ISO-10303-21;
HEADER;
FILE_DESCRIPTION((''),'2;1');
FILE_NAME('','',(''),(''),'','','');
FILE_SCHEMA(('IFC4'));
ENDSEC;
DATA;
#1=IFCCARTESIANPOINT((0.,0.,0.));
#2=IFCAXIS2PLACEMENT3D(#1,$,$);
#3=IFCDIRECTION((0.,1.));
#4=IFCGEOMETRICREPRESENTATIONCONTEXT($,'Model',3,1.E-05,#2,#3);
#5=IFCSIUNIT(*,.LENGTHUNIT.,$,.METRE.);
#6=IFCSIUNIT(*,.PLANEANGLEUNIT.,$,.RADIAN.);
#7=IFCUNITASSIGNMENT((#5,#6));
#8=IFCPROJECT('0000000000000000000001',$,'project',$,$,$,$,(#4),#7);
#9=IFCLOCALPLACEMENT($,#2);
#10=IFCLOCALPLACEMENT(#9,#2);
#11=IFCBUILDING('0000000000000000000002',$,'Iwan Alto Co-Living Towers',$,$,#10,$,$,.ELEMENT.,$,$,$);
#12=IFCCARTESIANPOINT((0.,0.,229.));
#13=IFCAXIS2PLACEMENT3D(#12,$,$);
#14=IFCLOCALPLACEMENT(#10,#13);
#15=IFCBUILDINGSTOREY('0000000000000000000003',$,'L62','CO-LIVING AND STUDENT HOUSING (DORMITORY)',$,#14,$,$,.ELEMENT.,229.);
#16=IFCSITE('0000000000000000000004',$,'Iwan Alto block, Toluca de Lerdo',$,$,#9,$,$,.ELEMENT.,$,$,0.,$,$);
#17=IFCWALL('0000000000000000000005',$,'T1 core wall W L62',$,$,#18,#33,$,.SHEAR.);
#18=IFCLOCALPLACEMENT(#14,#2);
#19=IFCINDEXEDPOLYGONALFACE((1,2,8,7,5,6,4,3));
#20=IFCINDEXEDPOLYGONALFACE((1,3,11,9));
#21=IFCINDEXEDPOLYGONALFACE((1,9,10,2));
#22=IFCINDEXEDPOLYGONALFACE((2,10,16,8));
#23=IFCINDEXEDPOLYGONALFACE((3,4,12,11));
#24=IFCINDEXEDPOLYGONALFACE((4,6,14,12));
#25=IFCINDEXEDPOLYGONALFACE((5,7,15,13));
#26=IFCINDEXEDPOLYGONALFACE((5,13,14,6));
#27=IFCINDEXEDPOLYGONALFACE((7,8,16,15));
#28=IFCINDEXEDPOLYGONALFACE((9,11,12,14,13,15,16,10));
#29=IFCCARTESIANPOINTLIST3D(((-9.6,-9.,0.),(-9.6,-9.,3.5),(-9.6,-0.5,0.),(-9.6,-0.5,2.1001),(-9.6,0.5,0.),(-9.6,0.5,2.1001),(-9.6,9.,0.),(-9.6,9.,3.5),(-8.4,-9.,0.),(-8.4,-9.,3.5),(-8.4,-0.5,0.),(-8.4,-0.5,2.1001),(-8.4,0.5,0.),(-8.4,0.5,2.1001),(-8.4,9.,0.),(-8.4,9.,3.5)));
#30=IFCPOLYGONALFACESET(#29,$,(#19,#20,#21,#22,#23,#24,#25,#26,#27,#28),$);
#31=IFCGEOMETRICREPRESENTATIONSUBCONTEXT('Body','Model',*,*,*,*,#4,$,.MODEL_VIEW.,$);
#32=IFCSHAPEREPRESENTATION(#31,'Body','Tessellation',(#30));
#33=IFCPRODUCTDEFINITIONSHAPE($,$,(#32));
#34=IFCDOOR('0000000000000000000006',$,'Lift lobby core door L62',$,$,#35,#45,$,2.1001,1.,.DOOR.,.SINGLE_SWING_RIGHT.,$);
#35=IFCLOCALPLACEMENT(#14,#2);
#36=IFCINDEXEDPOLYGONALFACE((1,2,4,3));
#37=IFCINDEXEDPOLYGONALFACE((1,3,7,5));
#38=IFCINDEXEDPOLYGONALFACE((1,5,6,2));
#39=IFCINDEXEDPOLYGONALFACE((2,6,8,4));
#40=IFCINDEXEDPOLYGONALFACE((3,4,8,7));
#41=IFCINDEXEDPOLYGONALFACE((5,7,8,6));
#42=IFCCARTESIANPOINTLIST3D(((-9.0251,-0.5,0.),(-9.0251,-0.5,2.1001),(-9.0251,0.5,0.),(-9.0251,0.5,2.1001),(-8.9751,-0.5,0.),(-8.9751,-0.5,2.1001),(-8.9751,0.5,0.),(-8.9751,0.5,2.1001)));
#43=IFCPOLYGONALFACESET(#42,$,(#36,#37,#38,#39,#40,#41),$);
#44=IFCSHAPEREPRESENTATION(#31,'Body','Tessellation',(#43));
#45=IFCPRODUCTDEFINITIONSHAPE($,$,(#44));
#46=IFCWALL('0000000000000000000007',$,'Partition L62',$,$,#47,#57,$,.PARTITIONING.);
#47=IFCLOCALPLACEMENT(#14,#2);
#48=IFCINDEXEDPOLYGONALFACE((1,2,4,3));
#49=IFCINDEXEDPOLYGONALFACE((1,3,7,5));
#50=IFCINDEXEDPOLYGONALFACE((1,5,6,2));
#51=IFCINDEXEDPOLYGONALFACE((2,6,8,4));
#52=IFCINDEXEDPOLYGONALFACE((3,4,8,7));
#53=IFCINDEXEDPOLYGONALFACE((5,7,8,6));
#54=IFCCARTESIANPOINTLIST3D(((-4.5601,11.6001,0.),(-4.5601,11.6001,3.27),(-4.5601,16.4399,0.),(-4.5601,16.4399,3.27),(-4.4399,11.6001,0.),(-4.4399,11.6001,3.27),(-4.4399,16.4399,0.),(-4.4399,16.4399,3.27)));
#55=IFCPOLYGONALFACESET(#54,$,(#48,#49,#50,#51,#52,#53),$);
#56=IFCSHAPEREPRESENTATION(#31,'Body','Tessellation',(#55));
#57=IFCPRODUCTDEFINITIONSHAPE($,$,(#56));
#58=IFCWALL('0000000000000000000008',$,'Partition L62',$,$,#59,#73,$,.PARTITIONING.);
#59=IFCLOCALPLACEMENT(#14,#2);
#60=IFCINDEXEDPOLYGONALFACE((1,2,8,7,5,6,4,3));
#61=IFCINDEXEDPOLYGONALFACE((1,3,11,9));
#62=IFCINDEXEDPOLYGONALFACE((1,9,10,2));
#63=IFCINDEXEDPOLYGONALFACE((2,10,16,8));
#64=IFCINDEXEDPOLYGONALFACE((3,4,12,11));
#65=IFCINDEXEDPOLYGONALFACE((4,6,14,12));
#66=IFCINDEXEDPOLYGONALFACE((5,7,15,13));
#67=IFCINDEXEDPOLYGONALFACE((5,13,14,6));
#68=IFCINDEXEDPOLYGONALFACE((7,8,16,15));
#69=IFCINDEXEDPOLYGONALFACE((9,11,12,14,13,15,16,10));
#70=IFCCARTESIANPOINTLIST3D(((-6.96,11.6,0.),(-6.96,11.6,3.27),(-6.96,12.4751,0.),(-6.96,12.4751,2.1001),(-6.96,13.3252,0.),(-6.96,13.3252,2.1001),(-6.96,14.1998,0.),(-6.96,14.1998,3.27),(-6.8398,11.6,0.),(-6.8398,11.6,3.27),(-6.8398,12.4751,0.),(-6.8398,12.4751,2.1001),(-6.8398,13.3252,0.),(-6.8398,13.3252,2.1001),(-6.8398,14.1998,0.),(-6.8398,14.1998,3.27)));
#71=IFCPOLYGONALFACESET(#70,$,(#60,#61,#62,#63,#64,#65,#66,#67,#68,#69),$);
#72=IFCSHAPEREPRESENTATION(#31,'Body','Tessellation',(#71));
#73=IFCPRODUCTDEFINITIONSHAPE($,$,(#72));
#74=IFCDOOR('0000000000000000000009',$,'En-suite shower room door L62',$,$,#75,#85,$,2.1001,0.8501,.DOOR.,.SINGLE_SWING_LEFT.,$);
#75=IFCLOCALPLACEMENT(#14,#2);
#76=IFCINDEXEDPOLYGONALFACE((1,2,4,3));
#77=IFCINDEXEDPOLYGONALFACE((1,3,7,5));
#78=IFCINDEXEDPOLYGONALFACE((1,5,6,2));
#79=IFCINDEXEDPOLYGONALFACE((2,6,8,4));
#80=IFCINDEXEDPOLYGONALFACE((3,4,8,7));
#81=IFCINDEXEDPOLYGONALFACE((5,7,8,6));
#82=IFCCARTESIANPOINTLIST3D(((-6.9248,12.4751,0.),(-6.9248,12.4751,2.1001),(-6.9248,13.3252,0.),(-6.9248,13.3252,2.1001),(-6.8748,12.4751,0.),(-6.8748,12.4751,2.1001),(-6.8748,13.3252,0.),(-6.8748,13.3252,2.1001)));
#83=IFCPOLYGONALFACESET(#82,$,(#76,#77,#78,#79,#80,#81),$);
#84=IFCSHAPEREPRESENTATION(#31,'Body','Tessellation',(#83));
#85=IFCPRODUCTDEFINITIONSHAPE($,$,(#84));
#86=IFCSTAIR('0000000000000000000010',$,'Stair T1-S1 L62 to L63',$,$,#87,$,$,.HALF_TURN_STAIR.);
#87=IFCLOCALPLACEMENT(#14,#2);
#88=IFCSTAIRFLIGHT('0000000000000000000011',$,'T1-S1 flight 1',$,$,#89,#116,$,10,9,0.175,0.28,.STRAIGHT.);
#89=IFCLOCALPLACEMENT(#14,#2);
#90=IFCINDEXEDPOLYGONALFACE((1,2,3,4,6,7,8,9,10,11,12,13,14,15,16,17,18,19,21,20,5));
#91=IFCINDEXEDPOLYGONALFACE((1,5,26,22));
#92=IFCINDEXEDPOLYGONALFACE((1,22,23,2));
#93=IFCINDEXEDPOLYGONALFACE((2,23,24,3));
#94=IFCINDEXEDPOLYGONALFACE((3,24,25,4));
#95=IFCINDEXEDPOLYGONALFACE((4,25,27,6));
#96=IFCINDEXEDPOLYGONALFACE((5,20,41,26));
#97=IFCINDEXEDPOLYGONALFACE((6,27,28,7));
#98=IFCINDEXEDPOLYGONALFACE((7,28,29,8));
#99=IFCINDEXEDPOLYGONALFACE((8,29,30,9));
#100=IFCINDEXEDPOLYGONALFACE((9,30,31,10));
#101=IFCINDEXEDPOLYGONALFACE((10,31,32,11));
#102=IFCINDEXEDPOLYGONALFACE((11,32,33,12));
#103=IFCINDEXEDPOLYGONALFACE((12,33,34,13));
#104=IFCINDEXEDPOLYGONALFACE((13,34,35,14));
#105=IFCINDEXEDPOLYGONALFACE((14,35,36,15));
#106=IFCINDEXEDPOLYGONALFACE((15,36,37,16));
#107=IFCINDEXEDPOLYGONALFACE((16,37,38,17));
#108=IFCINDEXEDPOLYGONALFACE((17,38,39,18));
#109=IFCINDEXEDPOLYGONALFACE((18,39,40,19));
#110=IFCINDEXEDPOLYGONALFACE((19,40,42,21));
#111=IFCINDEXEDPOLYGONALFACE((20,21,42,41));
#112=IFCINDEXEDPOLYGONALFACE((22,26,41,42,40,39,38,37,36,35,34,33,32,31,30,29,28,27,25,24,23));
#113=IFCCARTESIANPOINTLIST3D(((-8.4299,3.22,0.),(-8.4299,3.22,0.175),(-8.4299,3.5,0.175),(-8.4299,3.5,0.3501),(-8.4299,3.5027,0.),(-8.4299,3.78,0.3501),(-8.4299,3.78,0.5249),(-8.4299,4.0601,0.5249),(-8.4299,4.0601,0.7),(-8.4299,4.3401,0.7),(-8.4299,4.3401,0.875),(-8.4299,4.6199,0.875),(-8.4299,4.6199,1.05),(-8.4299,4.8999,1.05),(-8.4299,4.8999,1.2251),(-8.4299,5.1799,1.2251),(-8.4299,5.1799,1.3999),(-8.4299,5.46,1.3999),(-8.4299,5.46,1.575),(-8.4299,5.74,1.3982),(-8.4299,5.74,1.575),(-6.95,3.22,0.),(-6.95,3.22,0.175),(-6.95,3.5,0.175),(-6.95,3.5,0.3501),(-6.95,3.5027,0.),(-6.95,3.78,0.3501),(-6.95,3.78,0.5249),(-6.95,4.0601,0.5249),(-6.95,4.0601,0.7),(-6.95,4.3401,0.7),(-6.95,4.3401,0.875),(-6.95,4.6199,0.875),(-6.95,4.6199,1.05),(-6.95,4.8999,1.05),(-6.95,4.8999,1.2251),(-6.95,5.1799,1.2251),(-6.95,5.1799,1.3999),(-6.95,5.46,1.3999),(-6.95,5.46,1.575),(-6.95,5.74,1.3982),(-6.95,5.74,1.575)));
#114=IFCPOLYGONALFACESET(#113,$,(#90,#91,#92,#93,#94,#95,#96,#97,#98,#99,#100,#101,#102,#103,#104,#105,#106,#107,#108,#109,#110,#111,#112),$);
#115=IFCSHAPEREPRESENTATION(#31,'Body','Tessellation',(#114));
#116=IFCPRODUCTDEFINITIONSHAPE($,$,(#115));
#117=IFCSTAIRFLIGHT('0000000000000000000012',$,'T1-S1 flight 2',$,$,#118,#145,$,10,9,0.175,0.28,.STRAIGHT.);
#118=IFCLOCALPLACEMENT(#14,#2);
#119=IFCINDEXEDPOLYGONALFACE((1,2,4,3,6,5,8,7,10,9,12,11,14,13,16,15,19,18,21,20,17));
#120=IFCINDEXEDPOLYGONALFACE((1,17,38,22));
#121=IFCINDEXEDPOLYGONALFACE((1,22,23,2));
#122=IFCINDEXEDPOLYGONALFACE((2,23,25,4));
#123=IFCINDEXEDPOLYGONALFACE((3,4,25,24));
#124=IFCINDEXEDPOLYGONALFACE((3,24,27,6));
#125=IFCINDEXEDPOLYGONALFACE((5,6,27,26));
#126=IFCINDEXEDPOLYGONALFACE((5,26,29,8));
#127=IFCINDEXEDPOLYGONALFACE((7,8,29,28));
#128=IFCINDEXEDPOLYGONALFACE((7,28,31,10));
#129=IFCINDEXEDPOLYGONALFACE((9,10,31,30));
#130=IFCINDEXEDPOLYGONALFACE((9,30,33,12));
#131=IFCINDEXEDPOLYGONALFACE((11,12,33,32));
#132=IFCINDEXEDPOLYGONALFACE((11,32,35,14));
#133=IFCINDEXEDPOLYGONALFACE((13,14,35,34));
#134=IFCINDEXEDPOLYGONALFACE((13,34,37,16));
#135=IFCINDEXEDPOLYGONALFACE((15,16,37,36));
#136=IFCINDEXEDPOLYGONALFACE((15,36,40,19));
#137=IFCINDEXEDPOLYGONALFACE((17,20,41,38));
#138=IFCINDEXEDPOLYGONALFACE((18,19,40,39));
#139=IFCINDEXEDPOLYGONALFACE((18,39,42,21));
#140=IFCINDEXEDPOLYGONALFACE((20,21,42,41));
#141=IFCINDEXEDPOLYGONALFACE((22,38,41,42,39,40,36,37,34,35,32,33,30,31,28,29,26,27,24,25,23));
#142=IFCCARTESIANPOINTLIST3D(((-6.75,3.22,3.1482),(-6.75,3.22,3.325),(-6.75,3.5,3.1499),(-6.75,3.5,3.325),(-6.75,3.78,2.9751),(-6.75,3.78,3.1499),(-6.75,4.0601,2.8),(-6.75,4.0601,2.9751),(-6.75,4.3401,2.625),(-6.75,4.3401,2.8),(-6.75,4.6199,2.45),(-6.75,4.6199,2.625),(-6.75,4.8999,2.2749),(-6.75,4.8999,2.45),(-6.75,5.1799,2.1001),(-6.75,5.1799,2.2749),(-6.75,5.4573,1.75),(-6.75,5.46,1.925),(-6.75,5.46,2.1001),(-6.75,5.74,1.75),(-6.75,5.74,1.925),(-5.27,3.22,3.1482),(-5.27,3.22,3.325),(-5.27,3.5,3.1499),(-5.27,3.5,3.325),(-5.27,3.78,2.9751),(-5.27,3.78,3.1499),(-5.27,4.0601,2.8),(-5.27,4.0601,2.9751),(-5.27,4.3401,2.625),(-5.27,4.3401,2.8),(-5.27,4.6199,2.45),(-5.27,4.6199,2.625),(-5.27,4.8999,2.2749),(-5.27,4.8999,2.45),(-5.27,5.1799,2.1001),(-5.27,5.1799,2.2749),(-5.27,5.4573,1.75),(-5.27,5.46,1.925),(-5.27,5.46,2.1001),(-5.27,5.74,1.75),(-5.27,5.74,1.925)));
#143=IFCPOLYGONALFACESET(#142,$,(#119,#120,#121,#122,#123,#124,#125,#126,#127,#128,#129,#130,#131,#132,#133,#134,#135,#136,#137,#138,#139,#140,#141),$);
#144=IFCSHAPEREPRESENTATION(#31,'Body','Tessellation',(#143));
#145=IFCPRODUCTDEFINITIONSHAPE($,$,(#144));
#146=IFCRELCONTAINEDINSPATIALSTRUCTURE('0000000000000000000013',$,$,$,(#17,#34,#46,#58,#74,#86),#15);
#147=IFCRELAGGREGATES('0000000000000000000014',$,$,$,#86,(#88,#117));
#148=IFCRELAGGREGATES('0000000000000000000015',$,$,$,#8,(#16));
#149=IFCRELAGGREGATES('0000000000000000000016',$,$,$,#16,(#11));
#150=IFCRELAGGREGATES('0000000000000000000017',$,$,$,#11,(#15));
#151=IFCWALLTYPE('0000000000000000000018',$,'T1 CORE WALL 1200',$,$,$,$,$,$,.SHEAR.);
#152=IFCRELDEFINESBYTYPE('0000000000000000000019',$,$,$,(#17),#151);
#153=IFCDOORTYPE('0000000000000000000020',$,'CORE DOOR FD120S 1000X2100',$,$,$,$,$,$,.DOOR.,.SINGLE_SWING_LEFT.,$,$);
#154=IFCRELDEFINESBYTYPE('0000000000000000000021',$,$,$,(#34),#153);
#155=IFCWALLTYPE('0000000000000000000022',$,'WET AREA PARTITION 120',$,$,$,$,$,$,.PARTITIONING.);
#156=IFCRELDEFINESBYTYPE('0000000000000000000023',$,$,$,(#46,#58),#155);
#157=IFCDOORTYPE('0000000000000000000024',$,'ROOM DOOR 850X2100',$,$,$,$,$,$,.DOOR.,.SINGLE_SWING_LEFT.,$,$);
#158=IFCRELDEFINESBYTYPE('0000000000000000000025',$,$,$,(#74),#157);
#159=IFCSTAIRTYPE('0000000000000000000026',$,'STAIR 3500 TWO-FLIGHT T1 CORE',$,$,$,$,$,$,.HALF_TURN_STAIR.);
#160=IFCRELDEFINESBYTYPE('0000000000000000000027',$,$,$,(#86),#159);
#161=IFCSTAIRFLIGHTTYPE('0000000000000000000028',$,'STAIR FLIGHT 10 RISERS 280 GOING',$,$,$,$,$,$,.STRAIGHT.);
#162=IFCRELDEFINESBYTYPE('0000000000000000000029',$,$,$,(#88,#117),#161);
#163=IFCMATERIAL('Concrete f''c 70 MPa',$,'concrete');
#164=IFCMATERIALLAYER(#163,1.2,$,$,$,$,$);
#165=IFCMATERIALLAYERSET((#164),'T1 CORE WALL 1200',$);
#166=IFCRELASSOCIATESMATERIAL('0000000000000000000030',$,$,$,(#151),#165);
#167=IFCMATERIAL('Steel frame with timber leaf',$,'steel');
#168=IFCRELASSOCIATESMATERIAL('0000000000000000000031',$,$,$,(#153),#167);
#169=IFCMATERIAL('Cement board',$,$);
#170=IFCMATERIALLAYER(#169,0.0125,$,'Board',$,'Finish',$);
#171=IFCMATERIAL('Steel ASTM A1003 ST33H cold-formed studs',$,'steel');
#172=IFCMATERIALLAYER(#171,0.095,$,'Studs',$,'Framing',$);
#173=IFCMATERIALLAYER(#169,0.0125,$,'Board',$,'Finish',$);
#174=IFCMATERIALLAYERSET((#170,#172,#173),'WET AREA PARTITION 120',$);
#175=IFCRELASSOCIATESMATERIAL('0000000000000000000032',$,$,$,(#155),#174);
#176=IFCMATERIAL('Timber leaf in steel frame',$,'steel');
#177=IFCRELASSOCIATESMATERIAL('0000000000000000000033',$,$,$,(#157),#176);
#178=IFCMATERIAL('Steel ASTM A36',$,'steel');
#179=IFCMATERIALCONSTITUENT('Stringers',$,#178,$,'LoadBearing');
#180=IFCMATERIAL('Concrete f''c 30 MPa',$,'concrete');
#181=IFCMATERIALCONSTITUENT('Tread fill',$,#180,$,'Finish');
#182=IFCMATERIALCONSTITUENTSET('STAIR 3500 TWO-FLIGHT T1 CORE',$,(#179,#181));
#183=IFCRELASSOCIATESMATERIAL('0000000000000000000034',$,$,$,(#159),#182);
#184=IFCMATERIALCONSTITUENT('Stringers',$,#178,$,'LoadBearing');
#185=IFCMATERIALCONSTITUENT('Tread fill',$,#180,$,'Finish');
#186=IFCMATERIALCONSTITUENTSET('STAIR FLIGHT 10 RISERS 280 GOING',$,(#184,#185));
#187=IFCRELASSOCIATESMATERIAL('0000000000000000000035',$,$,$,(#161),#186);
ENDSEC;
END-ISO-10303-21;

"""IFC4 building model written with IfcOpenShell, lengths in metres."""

from ifc_helpers import new_model, si_unit, direction, frame, frame_2d, origin, place, context, subcontext, project, spatial, polyline, rectangle, outline, extrude, material, layer, layer_set, constituent, constituent_set, type_object, element, fill, aggregate, save


model = new_model("IFC4")

# Units and contexts
model_context = context("Model", 3, precision=1e-05, world=origin(), true_north=direction((0.0, 1.0)))
body_context = subcontext(model_context, "Body", "Model", "MODEL_VIEW")
ifc_project = project(units=[si_unit("LENGTHUNIT", "METRE"), si_unit("PLANEANGLEUNIT", "RADIAN")], contexts=[model_context])

# Site, building, storey
site_placement = place(None, origin())
site = spatial("IfcSite", under=ifc_project, at=site_placement, Name="Iwan Alto block, Toluca de Lerdo", CompositionType="ELEMENT", RefElevation=0.0)
building_placement = place(site_placement, origin())
building = spatial("IfcBuilding", under=site, at=building_placement, Name="Iwan Alto Co-Living Towers", CompositionType="ELEMENT")
storey_placement = place(building_placement, frame((0.0, 0.0, 229.0)))
storey = spatial("IfcBuildingStorey", under=building, at=storey_placement, Name="L62", Description="CO-LIVING AND STUDENT HOUSING (DORMITORY)", CompositionType="ELEMENT", Elevation=229.0)

# Shared definitions
ifc_material_1 = material(Name="Steel ASTM A1003 ST33H cold-formed studs", Category="steel")

# Wall, opening, door
ifc_material_2 = material(Name="Concrete f'c 70 MPa", Category="concrete")
ifc_layer_1 = layer(ifc_material_2, 1.2)
ifc_layer_set_1 = layer_set([ifc_layer_1], Name="T1 CORE WALL 1200")
wall_type_1 = type_object("IfcWallType", Name="T1 CORE WALL 1200", PredefinedType="SHEAR", material=ifc_layer_set_1)
wall_1_placement = place(storey_placement, frame((-9.0, 9.0, 0.0), z_axis=(0.0, 0.0, 1.0), x_axis=(0.0, -1.0, 0.0)))
wall_1 = element("IfcWall", 1, at=wall_1_placement, inside=storey, type_object=wall_type_1, Name="T1 core wall W L62", PredefinedType="SHEAR", context=body_context, shape_type="SweptSolid", body=[
    extrude(rectangle(XDim=18.0, YDim=1.2, at=frame_2d((9.0, 0.0))), origin(), (0.0, 0.0, 1.0), 3.5),
])
opening_1_placement = place(wall_1_placement, frame((8.5, 0.0, 0.0)))
opening_1 = element("IfcOpeningElement", 2, at=opening_1_placement, cuts=wall_1, PredefinedType="OPENING", context=body_context, shape_type="SweptSolid", body=[
    extrude(rectangle(XDim=1.0, YDim=2.1001, at=frame_2d((0.5, 1.05))), frame((0.0, 0.6099, 0.0), z_axis=(0.0, -1.0, 0.0), x_axis=(1.0, 0.0, 0.0)), (0.0, 0.0, 1.0), 1.22),
])
ifc_material_3 = material(Name="Steel frame with timber leaf", Category="steel")
door_type_1 = type_object("IfcDoorType", Name="CORE DOOR FD120S 1000X2100", OperationType="SINGLE_SWING_LEFT", PredefinedType="DOOR", material=ifc_material_3)
door_1_placement = place(opening_1_placement, origin())
door_1 = element("IfcDoor", 3, at=door_1_placement, inside=storey, type_object=door_type_1, Name="Lift lobby core door L62", OperationType="SINGLE_SWING_RIGHT", OverallHeight=2.1001, OverallWidth=1.0, PredefinedType="DOOR", context=body_context, shape_type="SweptSolid", body=[
    extrude(rectangle(XDim=1.0, YDim=2.1001, at=frame_2d((0.5, 1.05))), frame((0.0, 0.0249, 0.0), z_axis=(0.0, -1.0, 0.0), x_axis=(1.0, 0.0, 0.0)), (0.0, 0.0, 1.0), 0.05),
])
fill(opening_1, door_1)

# Wall
ifc_material_4 = material(Name="Cement board")
ifc_layer_2 = layer(ifc_material_4, 0.0125, Name="Board", Category="Finish")
ifc_layer_3 = layer(ifc_material_1, 0.095, Name="Studs", Category="Framing")
ifc_layer_4 = layer(ifc_material_4, 0.0125, Name="Board", Category="Finish")
ifc_layer_set_2 = layer_set([ifc_layer_2, ifc_layer_3, ifc_layer_4], Name="WET AREA PARTITION 120")
wall_type_2 = type_object("IfcWallType", Name="WET AREA PARTITION 120", PredefinedType="PARTITIONING", material=ifc_layer_set_2)
wall_2_placement = place(storey_placement, frame((-4.5, 11.6001, 0.0), z_axis=(0.0, 0.0, 1.0), x_axis=(0.0, 1.0, 0.0)))
element("IfcWall", 4, at=wall_2_placement, inside=storey, type_object=wall_type_2, Name="Partition L62", PredefinedType="PARTITIONING", context=body_context, shape_type="SweptSolid", body=[
    extrude(rectangle(XDim=4.8398, YDim=0.1201, at=frame_2d((2.4199, 0.0))), origin(), (0.0, 0.0, 1.0), 3.27),
])

# Wall, opening, door
wall_3_placement = place(storey_placement, frame((-6.8999, 11.6001, 0.0), z_axis=(0.0, 0.0, 1.0), x_axis=(0.0, 1.0, 0.0)))
wall_3 = element("IfcWall", 5, at=wall_3_placement, inside=storey, type_object=wall_type_2, Name="Partition L62", PredefinedType="PARTITIONING", context=body_context, shape_type="SweptSolid", body=[
    extrude(rectangle(XDim=2.5999, YDim=0.1201, at=frame_2d((1.2998, 0.0))), origin(), (0.0, 0.0, 1.0), 3.27),
])
opening_2_placement = place(wall_3_placement, frame((0.875, 0.0, 0.0)))
opening_2 = element("IfcOpeningElement", 6, at=opening_2_placement, cuts=wall_3, PredefinedType="OPENING", context=body_context, shape_type="SweptSolid", body=[
    extrude(rectangle(XDim=0.8501, YDim=2.1001, at=frame_2d((0.425, 1.05))), frame((0.0, 0.0701, 0.0), z_axis=(0.0, -1.0, 0.0), x_axis=(1.0, 0.0, 0.0)), (0.0, 0.0, 1.0), 0.1401),
])
ifc_material_5 = material(Name="Timber leaf in steel frame", Category="steel")
door_type_2 = type_object("IfcDoorType", Name="ROOM DOOR 850X2100", OperationType="SINGLE_SWING_LEFT", PredefinedType="DOOR", material=ifc_material_5)
door_2_placement = place(opening_2_placement, origin())
door_2 = element("IfcDoor", 7, at=door_2_placement, inside=storey, type_object=door_type_2, Name="En-suite shower room door L62", OperationType="SINGLE_SWING_LEFT", OverallHeight=2.1001, OverallWidth=0.8501, PredefinedType="DOOR", context=body_context, shape_type="SweptSolid", body=[
    extrude(rectangle(XDim=0.8501, YDim=2.1001, at=frame_2d((0.425, 1.05))), frame((0.0, 0.0249, 0.0), z_axis=(0.0, -1.0, 0.0), x_axis=(1.0, 0.0, 0.0)), (0.0, 0.0, 1.0), 0.05),
])
fill(opening_2, door_2)

# Stair, stair flights
ifc_material_6 = material(Name="Steel ASTM A36", Category="steel")
ifc_constituent_1 = constituent(ifc_material_6, Name="Stringers", Category="LoadBearing")
ifc_material_7 = material(Name="Concrete f'c 30 MPa", Category="concrete")
ifc_constituent_2 = constituent(ifc_material_7, Name="Tread fill", Category="Finish")
ifc_constituent_set_1 = constituent_set(constituents=[ifc_constituent_1, ifc_constituent_2], Name="STAIR 3500 TWO-FLIGHT T1 CORE")
stair_type = type_object("IfcStairType", Name="STAIR 3500 TWO-FLIGHT T1 CORE", PredefinedType="HALF_TURN_STAIR", material=ifc_constituent_set_1)
stair_placement = place(storey_placement, origin())
stair = element("IfcStair", 8, at=stair_placement, inside=storey, type_object=stair_type, Name="Stair T1-S1 L62 to L63", PredefinedType="HALF_TURN_STAIR")
ifc_constituent_3 = constituent(ifc_material_6, Name="Stringers", Category="LoadBearing")
ifc_constituent_4 = constituent(ifc_material_7, Name="Tread fill", Category="Finish")
ifc_constituent_set_2 = constituent_set(constituents=[ifc_constituent_3, ifc_constituent_4], Name="STAIR FLIGHT 10 RISERS 280 GOING")
stair_flight_type = type_object("IfcStairFlightType", Name="STAIR FLIGHT 10 RISERS 280 GOING", PredefinedType="STRAIGHT", material=ifc_constituent_set_2)
stair_flight_1_placement = place(storey_placement, frame((-7.6899, 3.22, 0.0), z_axis=(0.0, 0.0, 1.0), x_axis=(0.0, 1.0, 0.0)))
stair_flight_1 = element("IfcStairFlight", 9, at=stair_flight_1_placement, type_object=stair_flight_type, Name="T1-S1 flight 1", NumberOfRisers=10, NumberOfTreads=9, PredefinedType="STRAIGHT", RiserHeight=0.175, TreadLength=0.28, context=body_context, shape_type="SweptSolid", body=[
    extrude(outline(polyline([(0.0, 0.0), (0.0, 0.175), (0.28, 0.175), (0.28, 0.3501), (0.5601, 0.3501), (0.5601, 0.5249), (0.8401, 0.5249), (0.8401, 0.7), (1.1201, 0.7), (1.1201, 0.875), (1.3999, 0.875), (1.3999, 1.05), (1.6799, 1.05), (1.6799, 1.2251), (1.96, 1.2251), (1.96, 1.3999), (2.24, 1.3999), (2.24, 1.575), (2.52, 1.575), (2.52, 1.75), (2.52, 1.3982), (0.2827, 0.0), (0.0, 0.0)])), frame((0.0, 0.74, 0.0), z_axis=(0.0, -1.0, 0.0), x_axis=(1.0, 0.0, 0.0)), (0.0, 0.0, 1.0), 1.48),
])
stair_flight_2_placement = place(storey_placement, frame((-6.01, 5.74, 1.75), z_axis=(0.0, 0.0, 1.0), x_axis=(0.0, -1.0, 0.0)))
stair_flight_2 = element("IfcStairFlight", 10, at=stair_flight_2_placement, type_object=stair_flight_type, Name="T1-S1 flight 2", NumberOfRisers=10, NumberOfTreads=9, PredefinedType="STRAIGHT", RiserHeight=0.175, TreadLength=0.28, context=body_context, shape_type="SweptSolid", body=[
    extrude(outline(polyline([(0.0, 0.0), (0.0, 0.175), (0.28, 0.175), (0.28, 0.3501), (0.5601, 0.3501), (0.5601, 0.5249), (0.8401, 0.5249), (0.8401, 0.7), (1.1201, 0.7), (1.1201, 0.875), (1.3999, 0.875), (1.3999, 1.05), (1.6799, 1.05), (1.6799, 1.2251), (1.96, 1.2251), (1.96, 1.3999), (2.24, 1.3999), (2.24, 1.575), (2.52, 1.575), (2.52, 1.75), (2.52, 1.3982), (0.2827, 0.0), (0.0, 0.0)])), frame((0.0, 0.74, 0.0), z_axis=(0.0, -1.0, 0.0), x_axis=(1.0, 0.0, 0.0)), (0.0, 0.0, 1.0), 1.48),
])
aggregate(stair, [stair_flight_1, stair_flight_2])

save(model, "model.ifc")
